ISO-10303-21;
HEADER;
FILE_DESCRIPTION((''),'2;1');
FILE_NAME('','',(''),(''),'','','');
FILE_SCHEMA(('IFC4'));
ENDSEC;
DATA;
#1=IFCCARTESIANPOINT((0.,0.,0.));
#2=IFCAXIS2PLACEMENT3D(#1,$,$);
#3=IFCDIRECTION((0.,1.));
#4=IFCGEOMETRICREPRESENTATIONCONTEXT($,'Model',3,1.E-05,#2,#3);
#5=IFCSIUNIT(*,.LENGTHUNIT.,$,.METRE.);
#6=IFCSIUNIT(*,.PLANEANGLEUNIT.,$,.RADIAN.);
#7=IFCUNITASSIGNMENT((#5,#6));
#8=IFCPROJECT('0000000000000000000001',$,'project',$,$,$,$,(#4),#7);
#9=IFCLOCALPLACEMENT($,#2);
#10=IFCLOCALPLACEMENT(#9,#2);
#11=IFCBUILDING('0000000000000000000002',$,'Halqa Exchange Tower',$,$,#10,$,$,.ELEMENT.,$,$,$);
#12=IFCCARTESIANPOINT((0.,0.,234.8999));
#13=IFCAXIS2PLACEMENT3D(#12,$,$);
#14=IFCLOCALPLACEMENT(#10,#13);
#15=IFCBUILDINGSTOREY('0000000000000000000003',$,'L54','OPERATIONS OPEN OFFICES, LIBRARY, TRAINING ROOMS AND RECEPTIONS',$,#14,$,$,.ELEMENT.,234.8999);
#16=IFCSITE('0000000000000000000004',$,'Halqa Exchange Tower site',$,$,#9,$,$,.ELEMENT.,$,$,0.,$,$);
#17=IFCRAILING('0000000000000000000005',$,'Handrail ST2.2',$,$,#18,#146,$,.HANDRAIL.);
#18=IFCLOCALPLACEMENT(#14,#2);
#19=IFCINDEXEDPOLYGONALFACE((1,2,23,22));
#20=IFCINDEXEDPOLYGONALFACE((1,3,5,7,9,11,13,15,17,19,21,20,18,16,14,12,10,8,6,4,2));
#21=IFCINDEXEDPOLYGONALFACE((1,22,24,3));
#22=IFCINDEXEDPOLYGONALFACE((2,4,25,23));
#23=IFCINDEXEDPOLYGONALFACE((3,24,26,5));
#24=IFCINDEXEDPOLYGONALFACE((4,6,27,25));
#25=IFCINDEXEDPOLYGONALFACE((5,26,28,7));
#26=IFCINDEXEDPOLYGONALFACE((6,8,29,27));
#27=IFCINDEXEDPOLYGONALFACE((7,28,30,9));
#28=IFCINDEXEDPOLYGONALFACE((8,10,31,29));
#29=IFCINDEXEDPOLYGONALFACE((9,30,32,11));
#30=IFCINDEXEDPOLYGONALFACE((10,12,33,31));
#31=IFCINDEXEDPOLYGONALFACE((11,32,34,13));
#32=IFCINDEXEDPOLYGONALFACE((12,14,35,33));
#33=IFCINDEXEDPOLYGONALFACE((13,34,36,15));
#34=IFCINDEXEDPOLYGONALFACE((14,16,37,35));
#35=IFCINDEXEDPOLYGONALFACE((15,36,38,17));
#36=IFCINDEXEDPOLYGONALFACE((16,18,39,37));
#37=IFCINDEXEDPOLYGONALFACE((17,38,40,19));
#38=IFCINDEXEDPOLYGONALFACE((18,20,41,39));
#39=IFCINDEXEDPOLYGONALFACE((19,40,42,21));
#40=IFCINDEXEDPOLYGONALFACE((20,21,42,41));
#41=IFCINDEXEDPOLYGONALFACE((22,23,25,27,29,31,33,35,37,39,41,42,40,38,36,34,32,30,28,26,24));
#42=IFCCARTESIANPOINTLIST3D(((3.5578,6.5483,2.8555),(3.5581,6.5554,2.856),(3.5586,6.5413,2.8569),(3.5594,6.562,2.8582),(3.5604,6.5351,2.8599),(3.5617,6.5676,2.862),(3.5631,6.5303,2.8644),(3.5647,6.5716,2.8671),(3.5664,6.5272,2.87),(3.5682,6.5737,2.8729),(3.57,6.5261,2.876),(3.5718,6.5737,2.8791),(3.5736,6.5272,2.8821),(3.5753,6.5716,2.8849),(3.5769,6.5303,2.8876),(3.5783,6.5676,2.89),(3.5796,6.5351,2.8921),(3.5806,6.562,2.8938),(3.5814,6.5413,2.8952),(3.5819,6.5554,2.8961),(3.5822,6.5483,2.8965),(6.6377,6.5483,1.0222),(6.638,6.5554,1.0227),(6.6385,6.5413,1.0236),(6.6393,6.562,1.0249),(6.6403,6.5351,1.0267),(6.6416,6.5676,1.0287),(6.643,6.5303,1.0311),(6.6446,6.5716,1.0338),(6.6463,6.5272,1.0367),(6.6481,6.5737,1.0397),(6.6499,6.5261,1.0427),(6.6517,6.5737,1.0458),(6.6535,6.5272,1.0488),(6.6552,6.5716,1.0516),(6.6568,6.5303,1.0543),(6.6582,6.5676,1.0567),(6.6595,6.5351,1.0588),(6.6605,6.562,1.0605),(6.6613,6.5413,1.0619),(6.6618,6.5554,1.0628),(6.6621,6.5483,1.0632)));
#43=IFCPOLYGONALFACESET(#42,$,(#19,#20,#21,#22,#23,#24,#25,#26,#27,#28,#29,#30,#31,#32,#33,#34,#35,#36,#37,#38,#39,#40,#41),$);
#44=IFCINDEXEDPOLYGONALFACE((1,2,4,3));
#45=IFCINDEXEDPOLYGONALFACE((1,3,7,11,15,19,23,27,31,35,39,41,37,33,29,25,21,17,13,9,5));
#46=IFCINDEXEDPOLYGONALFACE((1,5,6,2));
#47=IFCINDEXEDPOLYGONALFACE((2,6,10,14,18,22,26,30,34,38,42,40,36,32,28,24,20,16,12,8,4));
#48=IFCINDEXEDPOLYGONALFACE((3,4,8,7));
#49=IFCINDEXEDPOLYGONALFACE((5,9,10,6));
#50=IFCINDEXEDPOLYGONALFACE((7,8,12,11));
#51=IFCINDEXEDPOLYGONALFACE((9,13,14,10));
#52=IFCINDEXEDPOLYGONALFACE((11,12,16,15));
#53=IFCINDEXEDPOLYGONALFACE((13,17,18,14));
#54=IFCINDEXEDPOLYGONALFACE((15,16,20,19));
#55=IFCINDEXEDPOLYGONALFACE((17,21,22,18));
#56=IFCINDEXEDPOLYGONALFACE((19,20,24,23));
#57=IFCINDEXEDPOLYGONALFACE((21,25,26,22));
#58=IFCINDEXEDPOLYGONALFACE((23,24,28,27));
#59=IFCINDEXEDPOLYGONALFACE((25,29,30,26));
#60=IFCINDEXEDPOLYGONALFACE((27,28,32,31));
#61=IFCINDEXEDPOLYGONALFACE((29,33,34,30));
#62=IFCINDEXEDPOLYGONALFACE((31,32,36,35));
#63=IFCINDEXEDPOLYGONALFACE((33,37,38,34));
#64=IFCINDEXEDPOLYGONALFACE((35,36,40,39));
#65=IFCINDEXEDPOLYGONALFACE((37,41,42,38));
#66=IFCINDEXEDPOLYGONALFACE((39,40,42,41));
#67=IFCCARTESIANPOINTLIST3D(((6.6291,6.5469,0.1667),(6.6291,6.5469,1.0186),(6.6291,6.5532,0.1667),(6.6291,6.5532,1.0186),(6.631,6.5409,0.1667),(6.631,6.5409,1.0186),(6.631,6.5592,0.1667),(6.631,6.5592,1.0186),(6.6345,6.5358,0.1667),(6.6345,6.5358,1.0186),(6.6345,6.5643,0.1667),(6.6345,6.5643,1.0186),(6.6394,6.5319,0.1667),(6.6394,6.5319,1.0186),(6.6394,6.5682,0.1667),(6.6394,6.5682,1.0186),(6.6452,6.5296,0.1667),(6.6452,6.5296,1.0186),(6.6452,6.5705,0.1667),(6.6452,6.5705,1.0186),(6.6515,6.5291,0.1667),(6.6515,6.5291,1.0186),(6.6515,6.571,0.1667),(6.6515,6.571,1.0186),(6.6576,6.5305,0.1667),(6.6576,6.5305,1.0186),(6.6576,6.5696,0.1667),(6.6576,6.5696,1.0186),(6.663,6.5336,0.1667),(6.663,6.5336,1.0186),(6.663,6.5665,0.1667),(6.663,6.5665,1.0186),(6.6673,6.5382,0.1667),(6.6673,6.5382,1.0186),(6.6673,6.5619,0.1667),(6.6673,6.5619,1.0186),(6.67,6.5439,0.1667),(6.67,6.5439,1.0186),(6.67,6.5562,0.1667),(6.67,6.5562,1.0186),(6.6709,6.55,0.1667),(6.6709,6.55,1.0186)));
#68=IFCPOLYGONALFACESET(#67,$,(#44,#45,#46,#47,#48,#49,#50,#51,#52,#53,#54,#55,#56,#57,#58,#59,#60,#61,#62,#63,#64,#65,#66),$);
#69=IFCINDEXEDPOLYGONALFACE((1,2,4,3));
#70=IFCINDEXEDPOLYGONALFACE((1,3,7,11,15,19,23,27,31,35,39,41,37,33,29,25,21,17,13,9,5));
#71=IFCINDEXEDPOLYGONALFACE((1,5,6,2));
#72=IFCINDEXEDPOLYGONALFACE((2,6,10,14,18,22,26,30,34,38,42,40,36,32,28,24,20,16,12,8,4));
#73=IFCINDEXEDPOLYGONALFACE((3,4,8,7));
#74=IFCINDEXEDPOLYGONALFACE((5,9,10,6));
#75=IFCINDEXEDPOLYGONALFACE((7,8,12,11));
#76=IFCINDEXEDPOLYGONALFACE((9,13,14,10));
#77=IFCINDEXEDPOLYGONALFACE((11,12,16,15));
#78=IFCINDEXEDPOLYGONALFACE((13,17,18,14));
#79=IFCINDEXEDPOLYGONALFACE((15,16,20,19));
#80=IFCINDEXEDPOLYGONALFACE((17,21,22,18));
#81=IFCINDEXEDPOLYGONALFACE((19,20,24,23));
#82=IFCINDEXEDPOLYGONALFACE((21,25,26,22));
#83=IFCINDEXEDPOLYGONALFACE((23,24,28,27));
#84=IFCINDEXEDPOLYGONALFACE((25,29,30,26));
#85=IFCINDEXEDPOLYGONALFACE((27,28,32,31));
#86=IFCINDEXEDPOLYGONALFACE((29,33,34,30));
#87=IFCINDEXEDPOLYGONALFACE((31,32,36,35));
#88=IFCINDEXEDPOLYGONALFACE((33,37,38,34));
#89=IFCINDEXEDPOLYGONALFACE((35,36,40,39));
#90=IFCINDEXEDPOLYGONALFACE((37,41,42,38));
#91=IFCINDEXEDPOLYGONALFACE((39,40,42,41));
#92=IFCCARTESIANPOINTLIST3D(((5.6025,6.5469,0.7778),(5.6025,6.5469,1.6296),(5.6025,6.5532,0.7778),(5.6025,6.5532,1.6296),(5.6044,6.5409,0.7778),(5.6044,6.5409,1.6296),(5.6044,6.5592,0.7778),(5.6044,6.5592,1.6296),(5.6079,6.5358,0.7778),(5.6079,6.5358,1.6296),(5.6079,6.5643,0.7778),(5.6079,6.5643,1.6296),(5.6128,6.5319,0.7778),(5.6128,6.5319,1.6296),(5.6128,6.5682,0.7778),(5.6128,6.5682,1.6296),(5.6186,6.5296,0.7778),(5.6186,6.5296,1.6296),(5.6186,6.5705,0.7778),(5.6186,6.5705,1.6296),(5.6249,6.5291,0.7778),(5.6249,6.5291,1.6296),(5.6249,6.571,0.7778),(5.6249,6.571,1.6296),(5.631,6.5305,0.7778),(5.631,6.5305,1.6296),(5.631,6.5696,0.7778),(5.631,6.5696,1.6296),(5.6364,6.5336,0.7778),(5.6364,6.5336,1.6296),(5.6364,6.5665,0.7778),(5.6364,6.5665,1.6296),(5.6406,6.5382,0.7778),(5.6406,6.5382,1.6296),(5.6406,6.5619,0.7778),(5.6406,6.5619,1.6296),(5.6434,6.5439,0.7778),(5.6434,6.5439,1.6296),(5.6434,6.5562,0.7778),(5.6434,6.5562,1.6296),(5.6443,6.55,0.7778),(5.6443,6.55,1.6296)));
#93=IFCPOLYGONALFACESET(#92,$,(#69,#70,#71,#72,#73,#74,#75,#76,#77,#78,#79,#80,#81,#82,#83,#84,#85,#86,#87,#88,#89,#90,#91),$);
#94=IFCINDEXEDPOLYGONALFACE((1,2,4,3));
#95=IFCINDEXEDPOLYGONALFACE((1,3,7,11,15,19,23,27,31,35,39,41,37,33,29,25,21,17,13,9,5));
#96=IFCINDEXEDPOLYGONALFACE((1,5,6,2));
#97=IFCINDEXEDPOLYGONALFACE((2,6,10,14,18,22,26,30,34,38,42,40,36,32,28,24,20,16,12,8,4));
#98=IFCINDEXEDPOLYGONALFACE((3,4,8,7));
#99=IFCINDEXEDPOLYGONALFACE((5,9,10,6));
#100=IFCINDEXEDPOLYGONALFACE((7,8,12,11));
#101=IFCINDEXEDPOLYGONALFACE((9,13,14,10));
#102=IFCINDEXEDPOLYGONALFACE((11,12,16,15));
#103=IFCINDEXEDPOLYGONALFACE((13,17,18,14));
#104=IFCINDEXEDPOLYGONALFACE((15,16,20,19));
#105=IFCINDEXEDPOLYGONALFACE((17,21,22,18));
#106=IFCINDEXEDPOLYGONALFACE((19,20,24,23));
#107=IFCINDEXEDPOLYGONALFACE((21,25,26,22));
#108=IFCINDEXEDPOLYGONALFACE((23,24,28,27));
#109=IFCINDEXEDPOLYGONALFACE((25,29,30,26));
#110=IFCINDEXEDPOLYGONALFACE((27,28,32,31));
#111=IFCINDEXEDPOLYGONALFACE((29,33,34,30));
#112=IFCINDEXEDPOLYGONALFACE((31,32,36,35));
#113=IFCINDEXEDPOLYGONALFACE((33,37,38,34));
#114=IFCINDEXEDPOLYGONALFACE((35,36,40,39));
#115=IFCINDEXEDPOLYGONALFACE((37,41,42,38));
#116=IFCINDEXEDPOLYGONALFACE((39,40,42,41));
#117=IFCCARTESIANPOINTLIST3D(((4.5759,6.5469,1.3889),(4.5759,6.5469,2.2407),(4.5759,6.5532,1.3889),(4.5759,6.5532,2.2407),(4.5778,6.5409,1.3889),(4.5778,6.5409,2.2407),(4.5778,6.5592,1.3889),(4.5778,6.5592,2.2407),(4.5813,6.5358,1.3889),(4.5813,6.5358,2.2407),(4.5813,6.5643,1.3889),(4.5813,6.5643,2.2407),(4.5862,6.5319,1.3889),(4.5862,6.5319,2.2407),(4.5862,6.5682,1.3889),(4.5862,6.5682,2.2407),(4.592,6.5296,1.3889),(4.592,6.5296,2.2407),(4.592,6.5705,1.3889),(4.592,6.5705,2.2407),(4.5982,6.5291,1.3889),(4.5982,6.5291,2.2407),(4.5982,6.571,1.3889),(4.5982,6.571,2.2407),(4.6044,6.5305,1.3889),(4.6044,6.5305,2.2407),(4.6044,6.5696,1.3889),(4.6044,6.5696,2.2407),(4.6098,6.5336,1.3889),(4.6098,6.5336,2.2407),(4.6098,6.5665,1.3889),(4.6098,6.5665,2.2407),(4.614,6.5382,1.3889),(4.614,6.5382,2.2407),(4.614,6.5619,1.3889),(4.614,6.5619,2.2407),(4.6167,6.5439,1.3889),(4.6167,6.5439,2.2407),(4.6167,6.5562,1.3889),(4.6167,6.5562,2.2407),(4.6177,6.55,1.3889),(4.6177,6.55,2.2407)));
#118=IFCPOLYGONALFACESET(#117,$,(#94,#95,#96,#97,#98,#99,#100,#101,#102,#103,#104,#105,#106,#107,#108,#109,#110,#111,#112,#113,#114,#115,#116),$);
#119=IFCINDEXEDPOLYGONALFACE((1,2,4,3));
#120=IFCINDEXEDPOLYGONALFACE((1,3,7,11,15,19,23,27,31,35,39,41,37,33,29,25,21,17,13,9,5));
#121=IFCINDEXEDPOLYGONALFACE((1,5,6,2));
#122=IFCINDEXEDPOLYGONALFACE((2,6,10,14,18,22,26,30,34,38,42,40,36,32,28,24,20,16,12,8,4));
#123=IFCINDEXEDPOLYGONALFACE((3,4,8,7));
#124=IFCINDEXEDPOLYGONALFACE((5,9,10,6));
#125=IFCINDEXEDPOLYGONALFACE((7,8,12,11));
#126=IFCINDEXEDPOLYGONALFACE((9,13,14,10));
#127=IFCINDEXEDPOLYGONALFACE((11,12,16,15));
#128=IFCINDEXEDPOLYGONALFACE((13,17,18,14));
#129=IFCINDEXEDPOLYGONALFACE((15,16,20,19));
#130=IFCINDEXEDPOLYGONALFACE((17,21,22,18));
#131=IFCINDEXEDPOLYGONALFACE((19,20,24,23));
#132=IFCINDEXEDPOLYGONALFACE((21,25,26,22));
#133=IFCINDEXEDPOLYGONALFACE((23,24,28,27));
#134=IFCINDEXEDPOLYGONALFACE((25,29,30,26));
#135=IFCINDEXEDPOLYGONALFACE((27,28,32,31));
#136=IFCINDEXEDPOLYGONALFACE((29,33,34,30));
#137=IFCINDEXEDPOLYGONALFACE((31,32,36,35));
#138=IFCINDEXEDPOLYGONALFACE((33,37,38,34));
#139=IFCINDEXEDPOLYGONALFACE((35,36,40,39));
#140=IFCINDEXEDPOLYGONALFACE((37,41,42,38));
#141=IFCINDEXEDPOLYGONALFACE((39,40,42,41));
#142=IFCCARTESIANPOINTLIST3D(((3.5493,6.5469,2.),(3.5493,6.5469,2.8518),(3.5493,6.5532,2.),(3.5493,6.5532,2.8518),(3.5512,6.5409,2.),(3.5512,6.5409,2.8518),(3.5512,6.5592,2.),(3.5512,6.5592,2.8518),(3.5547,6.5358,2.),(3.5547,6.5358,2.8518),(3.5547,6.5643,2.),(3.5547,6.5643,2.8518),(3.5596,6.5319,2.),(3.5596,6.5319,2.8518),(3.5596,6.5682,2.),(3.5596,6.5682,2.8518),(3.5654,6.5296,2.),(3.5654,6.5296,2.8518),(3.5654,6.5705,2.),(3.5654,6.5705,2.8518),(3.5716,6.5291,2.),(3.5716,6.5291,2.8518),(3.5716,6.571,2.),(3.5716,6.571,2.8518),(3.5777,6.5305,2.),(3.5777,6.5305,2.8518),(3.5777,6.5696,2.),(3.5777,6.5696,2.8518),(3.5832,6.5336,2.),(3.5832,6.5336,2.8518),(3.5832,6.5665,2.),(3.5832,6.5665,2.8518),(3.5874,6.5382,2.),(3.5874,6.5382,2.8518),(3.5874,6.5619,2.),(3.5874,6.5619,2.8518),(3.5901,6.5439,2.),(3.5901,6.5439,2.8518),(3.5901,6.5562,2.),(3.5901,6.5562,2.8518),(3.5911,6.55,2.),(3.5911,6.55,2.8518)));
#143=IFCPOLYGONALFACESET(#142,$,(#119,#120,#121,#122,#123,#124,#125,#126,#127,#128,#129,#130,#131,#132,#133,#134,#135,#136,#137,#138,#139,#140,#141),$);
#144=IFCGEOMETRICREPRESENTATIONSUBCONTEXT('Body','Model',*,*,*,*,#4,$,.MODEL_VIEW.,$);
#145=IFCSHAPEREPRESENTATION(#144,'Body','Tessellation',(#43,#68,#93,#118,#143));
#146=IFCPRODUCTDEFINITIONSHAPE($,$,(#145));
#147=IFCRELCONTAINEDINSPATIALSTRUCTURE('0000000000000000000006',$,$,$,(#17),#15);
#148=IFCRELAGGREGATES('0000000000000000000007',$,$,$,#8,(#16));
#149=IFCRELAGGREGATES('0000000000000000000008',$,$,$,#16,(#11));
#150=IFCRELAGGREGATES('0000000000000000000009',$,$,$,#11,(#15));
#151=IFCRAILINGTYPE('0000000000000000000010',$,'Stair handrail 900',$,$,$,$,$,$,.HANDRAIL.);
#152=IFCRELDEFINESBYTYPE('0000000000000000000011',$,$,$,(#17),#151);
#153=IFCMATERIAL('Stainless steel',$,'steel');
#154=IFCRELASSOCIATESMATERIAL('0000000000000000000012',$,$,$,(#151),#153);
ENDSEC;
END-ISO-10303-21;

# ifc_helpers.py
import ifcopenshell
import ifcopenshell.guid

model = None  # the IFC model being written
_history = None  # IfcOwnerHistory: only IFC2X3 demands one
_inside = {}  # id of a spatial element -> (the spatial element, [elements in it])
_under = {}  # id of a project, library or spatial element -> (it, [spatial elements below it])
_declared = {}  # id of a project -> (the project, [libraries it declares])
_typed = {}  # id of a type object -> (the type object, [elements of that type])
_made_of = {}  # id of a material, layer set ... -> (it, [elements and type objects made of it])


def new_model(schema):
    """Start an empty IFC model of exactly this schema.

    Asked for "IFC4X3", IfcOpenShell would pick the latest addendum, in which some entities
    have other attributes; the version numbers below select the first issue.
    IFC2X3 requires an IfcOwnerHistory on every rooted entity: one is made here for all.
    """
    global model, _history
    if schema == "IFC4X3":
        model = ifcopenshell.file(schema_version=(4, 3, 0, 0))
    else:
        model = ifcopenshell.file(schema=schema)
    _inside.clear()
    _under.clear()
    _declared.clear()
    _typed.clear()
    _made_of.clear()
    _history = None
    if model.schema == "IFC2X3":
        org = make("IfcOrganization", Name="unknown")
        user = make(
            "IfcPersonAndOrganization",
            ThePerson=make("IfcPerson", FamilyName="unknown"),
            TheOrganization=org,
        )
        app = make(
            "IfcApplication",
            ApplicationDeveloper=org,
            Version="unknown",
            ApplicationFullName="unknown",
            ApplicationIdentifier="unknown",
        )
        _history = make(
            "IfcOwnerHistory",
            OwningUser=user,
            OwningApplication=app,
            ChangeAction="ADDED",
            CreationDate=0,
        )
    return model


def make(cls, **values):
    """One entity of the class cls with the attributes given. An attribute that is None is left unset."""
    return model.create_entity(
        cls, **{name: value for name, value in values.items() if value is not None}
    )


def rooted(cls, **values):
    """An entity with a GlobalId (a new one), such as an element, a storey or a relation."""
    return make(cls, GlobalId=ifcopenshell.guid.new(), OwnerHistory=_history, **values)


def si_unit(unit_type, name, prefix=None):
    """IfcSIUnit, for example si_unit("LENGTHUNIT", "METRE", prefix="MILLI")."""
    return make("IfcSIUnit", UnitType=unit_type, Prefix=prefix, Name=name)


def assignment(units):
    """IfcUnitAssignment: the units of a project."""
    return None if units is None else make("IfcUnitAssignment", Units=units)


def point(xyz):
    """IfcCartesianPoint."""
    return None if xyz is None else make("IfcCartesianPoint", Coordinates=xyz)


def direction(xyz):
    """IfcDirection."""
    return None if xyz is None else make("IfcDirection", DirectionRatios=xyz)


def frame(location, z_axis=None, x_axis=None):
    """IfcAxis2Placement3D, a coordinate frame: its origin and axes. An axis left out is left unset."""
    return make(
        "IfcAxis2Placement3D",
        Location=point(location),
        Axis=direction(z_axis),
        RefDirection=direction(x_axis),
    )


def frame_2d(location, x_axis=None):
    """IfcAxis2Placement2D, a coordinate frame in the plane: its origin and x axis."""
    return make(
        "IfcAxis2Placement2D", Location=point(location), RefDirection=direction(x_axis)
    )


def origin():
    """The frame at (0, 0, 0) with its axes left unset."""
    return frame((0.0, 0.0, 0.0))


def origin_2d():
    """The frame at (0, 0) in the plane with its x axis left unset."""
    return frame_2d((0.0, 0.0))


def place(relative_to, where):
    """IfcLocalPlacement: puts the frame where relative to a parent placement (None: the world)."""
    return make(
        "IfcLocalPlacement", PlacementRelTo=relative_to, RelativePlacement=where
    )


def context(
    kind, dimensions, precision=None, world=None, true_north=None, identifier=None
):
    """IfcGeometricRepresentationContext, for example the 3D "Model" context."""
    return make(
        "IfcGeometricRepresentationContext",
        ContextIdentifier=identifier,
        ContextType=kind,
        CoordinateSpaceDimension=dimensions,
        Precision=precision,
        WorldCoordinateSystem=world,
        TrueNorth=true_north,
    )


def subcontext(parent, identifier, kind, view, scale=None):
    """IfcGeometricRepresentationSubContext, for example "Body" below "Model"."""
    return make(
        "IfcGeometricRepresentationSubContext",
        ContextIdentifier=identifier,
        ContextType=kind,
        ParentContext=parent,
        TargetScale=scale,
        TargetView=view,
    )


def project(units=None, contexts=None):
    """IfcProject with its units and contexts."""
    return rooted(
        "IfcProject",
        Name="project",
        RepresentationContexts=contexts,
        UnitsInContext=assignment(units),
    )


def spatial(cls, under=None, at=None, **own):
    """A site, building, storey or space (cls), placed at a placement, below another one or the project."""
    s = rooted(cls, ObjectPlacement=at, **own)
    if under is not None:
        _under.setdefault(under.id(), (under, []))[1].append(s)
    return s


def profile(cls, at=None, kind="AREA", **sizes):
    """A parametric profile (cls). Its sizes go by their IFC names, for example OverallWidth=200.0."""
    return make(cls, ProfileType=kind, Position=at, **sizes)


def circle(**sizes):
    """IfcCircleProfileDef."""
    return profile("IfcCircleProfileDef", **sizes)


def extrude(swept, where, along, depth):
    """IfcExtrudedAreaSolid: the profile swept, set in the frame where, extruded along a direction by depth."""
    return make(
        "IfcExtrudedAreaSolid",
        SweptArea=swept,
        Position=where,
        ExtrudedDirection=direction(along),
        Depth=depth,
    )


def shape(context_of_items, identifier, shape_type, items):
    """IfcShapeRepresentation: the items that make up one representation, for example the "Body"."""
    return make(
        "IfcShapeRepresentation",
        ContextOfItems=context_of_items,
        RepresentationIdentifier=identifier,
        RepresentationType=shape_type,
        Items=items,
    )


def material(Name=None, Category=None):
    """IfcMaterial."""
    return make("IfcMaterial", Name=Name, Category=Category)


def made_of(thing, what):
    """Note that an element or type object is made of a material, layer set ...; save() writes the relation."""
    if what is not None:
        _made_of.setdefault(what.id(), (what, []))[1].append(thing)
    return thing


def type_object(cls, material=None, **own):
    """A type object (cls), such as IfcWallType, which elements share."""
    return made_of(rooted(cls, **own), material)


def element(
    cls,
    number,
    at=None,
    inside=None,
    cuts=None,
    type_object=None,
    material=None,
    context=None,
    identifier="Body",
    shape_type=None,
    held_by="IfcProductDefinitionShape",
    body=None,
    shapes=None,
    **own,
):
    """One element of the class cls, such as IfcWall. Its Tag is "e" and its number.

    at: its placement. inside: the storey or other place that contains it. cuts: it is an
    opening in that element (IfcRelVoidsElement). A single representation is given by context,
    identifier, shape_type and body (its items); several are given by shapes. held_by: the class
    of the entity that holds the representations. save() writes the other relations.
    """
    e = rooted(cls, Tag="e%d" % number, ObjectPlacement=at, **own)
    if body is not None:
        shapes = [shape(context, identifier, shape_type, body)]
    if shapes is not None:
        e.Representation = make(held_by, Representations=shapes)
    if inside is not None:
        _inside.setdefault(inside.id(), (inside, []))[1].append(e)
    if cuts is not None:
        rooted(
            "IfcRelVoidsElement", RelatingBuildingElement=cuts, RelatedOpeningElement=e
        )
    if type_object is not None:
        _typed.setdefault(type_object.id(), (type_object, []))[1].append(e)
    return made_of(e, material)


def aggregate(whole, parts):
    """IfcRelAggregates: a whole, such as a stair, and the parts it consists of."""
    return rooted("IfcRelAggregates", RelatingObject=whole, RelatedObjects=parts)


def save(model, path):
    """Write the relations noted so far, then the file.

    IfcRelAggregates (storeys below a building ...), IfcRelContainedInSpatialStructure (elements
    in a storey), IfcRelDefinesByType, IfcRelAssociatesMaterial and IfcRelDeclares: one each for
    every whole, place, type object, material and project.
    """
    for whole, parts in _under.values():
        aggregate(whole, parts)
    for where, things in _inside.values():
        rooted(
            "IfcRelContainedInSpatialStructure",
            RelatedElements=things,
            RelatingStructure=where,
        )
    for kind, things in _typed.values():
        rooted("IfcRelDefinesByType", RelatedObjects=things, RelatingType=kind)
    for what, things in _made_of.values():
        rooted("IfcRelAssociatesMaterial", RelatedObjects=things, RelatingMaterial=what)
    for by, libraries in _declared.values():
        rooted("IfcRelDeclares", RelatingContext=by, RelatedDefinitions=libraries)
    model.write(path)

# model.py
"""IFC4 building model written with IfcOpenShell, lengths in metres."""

from ifc_helpers import new_model, si_unit, direction, frame, origin, origin_2d, place, context, subcontext, project, spatial, circle, extrude, material, type_object, element, save


model = new_model("IFC4")

# Units and contexts
model_context = context("Model", 3, precision=1e-05, world=origin(), true_north=direction((0.0, 1.0)))
body_context = subcontext(model_context, "Body", "Model", "MODEL_VIEW")
ifc_project = project(units=[si_unit("LENGTHUNIT", "METRE"), si_unit("PLANEANGLEUNIT", "RADIAN")], contexts=[model_context])

# Site, building, storey
site_placement = place(None, origin())
site = spatial("IfcSite", under=ifc_project, at=site_placement, Name="Halqa Exchange Tower site", CompositionType="ELEMENT", RefElevation=0.0)
building_placement = place(site_placement, origin())
building = spatial("IfcBuilding", under=site, at=building_placement, Name="Halqa Exchange Tower", CompositionType="ELEMENT")
storey_placement = place(building_placement, frame((0.0, 0.0, 234.8999)))
storey = spatial("IfcBuildingStorey", under=building, at=storey_placement, Name="L54", Description="OPERATIONS OPEN OFFICES, LIBRARY, TRAINING ROOMS AND RECEPTIONS", CompositionType="ELEMENT", Elevation=234.8999)

# Railing
ifc_material_1 = material(Name="Stainless steel", Category="steel")
railing_type_1 = type_object("IfcRailingType", Name="Stair handrail 900", PredefinedType="HANDRAIL", material=ifc_material_1)
railing_1_placement = place(storey_placement, frame((6.6499, 6.55, 0.1667)))
element("IfcRailing", 1, at=railing_1_placement, inside=storey, type_object=railing_type_1, Name="Handrail ST2.2", PredefinedType="HANDRAIL", context=body_context, shape_type="SweptSolid", body=[
    extrude(circle(Radius=0.0239, at=origin_2d()), frame((0.0, 0.0, 0.876), z_axis=(-0.859291, 0.0, 0.511487), x_axis=(0.0, -1.0, 0.0)), (0.0, 0.0, 1.0), 3.5842),
    extrude(circle(Radius=0.021, at=origin_2d()), origin(), (0.0, 0.0, 1.0), 0.8518),
    extrude(circle(Radius=0.021, at=origin_2d()), frame((-1.0266, 0.0, 0.6111)), (0.0, 0.0, 1.0), 0.8518),
    extrude(circle(Radius=0.021, at=origin_2d()), frame((-2.0532, 0.0, 1.2222)), (0.0, 0.0, 1.0), 0.8518),
    extrude(circle(Radius=0.021, at=origin_2d()), frame((-3.0798, 0.0, 1.8333)), (0.0, 0.0, 1.0), 0.8518),
])

save(model, "model.ifc")
